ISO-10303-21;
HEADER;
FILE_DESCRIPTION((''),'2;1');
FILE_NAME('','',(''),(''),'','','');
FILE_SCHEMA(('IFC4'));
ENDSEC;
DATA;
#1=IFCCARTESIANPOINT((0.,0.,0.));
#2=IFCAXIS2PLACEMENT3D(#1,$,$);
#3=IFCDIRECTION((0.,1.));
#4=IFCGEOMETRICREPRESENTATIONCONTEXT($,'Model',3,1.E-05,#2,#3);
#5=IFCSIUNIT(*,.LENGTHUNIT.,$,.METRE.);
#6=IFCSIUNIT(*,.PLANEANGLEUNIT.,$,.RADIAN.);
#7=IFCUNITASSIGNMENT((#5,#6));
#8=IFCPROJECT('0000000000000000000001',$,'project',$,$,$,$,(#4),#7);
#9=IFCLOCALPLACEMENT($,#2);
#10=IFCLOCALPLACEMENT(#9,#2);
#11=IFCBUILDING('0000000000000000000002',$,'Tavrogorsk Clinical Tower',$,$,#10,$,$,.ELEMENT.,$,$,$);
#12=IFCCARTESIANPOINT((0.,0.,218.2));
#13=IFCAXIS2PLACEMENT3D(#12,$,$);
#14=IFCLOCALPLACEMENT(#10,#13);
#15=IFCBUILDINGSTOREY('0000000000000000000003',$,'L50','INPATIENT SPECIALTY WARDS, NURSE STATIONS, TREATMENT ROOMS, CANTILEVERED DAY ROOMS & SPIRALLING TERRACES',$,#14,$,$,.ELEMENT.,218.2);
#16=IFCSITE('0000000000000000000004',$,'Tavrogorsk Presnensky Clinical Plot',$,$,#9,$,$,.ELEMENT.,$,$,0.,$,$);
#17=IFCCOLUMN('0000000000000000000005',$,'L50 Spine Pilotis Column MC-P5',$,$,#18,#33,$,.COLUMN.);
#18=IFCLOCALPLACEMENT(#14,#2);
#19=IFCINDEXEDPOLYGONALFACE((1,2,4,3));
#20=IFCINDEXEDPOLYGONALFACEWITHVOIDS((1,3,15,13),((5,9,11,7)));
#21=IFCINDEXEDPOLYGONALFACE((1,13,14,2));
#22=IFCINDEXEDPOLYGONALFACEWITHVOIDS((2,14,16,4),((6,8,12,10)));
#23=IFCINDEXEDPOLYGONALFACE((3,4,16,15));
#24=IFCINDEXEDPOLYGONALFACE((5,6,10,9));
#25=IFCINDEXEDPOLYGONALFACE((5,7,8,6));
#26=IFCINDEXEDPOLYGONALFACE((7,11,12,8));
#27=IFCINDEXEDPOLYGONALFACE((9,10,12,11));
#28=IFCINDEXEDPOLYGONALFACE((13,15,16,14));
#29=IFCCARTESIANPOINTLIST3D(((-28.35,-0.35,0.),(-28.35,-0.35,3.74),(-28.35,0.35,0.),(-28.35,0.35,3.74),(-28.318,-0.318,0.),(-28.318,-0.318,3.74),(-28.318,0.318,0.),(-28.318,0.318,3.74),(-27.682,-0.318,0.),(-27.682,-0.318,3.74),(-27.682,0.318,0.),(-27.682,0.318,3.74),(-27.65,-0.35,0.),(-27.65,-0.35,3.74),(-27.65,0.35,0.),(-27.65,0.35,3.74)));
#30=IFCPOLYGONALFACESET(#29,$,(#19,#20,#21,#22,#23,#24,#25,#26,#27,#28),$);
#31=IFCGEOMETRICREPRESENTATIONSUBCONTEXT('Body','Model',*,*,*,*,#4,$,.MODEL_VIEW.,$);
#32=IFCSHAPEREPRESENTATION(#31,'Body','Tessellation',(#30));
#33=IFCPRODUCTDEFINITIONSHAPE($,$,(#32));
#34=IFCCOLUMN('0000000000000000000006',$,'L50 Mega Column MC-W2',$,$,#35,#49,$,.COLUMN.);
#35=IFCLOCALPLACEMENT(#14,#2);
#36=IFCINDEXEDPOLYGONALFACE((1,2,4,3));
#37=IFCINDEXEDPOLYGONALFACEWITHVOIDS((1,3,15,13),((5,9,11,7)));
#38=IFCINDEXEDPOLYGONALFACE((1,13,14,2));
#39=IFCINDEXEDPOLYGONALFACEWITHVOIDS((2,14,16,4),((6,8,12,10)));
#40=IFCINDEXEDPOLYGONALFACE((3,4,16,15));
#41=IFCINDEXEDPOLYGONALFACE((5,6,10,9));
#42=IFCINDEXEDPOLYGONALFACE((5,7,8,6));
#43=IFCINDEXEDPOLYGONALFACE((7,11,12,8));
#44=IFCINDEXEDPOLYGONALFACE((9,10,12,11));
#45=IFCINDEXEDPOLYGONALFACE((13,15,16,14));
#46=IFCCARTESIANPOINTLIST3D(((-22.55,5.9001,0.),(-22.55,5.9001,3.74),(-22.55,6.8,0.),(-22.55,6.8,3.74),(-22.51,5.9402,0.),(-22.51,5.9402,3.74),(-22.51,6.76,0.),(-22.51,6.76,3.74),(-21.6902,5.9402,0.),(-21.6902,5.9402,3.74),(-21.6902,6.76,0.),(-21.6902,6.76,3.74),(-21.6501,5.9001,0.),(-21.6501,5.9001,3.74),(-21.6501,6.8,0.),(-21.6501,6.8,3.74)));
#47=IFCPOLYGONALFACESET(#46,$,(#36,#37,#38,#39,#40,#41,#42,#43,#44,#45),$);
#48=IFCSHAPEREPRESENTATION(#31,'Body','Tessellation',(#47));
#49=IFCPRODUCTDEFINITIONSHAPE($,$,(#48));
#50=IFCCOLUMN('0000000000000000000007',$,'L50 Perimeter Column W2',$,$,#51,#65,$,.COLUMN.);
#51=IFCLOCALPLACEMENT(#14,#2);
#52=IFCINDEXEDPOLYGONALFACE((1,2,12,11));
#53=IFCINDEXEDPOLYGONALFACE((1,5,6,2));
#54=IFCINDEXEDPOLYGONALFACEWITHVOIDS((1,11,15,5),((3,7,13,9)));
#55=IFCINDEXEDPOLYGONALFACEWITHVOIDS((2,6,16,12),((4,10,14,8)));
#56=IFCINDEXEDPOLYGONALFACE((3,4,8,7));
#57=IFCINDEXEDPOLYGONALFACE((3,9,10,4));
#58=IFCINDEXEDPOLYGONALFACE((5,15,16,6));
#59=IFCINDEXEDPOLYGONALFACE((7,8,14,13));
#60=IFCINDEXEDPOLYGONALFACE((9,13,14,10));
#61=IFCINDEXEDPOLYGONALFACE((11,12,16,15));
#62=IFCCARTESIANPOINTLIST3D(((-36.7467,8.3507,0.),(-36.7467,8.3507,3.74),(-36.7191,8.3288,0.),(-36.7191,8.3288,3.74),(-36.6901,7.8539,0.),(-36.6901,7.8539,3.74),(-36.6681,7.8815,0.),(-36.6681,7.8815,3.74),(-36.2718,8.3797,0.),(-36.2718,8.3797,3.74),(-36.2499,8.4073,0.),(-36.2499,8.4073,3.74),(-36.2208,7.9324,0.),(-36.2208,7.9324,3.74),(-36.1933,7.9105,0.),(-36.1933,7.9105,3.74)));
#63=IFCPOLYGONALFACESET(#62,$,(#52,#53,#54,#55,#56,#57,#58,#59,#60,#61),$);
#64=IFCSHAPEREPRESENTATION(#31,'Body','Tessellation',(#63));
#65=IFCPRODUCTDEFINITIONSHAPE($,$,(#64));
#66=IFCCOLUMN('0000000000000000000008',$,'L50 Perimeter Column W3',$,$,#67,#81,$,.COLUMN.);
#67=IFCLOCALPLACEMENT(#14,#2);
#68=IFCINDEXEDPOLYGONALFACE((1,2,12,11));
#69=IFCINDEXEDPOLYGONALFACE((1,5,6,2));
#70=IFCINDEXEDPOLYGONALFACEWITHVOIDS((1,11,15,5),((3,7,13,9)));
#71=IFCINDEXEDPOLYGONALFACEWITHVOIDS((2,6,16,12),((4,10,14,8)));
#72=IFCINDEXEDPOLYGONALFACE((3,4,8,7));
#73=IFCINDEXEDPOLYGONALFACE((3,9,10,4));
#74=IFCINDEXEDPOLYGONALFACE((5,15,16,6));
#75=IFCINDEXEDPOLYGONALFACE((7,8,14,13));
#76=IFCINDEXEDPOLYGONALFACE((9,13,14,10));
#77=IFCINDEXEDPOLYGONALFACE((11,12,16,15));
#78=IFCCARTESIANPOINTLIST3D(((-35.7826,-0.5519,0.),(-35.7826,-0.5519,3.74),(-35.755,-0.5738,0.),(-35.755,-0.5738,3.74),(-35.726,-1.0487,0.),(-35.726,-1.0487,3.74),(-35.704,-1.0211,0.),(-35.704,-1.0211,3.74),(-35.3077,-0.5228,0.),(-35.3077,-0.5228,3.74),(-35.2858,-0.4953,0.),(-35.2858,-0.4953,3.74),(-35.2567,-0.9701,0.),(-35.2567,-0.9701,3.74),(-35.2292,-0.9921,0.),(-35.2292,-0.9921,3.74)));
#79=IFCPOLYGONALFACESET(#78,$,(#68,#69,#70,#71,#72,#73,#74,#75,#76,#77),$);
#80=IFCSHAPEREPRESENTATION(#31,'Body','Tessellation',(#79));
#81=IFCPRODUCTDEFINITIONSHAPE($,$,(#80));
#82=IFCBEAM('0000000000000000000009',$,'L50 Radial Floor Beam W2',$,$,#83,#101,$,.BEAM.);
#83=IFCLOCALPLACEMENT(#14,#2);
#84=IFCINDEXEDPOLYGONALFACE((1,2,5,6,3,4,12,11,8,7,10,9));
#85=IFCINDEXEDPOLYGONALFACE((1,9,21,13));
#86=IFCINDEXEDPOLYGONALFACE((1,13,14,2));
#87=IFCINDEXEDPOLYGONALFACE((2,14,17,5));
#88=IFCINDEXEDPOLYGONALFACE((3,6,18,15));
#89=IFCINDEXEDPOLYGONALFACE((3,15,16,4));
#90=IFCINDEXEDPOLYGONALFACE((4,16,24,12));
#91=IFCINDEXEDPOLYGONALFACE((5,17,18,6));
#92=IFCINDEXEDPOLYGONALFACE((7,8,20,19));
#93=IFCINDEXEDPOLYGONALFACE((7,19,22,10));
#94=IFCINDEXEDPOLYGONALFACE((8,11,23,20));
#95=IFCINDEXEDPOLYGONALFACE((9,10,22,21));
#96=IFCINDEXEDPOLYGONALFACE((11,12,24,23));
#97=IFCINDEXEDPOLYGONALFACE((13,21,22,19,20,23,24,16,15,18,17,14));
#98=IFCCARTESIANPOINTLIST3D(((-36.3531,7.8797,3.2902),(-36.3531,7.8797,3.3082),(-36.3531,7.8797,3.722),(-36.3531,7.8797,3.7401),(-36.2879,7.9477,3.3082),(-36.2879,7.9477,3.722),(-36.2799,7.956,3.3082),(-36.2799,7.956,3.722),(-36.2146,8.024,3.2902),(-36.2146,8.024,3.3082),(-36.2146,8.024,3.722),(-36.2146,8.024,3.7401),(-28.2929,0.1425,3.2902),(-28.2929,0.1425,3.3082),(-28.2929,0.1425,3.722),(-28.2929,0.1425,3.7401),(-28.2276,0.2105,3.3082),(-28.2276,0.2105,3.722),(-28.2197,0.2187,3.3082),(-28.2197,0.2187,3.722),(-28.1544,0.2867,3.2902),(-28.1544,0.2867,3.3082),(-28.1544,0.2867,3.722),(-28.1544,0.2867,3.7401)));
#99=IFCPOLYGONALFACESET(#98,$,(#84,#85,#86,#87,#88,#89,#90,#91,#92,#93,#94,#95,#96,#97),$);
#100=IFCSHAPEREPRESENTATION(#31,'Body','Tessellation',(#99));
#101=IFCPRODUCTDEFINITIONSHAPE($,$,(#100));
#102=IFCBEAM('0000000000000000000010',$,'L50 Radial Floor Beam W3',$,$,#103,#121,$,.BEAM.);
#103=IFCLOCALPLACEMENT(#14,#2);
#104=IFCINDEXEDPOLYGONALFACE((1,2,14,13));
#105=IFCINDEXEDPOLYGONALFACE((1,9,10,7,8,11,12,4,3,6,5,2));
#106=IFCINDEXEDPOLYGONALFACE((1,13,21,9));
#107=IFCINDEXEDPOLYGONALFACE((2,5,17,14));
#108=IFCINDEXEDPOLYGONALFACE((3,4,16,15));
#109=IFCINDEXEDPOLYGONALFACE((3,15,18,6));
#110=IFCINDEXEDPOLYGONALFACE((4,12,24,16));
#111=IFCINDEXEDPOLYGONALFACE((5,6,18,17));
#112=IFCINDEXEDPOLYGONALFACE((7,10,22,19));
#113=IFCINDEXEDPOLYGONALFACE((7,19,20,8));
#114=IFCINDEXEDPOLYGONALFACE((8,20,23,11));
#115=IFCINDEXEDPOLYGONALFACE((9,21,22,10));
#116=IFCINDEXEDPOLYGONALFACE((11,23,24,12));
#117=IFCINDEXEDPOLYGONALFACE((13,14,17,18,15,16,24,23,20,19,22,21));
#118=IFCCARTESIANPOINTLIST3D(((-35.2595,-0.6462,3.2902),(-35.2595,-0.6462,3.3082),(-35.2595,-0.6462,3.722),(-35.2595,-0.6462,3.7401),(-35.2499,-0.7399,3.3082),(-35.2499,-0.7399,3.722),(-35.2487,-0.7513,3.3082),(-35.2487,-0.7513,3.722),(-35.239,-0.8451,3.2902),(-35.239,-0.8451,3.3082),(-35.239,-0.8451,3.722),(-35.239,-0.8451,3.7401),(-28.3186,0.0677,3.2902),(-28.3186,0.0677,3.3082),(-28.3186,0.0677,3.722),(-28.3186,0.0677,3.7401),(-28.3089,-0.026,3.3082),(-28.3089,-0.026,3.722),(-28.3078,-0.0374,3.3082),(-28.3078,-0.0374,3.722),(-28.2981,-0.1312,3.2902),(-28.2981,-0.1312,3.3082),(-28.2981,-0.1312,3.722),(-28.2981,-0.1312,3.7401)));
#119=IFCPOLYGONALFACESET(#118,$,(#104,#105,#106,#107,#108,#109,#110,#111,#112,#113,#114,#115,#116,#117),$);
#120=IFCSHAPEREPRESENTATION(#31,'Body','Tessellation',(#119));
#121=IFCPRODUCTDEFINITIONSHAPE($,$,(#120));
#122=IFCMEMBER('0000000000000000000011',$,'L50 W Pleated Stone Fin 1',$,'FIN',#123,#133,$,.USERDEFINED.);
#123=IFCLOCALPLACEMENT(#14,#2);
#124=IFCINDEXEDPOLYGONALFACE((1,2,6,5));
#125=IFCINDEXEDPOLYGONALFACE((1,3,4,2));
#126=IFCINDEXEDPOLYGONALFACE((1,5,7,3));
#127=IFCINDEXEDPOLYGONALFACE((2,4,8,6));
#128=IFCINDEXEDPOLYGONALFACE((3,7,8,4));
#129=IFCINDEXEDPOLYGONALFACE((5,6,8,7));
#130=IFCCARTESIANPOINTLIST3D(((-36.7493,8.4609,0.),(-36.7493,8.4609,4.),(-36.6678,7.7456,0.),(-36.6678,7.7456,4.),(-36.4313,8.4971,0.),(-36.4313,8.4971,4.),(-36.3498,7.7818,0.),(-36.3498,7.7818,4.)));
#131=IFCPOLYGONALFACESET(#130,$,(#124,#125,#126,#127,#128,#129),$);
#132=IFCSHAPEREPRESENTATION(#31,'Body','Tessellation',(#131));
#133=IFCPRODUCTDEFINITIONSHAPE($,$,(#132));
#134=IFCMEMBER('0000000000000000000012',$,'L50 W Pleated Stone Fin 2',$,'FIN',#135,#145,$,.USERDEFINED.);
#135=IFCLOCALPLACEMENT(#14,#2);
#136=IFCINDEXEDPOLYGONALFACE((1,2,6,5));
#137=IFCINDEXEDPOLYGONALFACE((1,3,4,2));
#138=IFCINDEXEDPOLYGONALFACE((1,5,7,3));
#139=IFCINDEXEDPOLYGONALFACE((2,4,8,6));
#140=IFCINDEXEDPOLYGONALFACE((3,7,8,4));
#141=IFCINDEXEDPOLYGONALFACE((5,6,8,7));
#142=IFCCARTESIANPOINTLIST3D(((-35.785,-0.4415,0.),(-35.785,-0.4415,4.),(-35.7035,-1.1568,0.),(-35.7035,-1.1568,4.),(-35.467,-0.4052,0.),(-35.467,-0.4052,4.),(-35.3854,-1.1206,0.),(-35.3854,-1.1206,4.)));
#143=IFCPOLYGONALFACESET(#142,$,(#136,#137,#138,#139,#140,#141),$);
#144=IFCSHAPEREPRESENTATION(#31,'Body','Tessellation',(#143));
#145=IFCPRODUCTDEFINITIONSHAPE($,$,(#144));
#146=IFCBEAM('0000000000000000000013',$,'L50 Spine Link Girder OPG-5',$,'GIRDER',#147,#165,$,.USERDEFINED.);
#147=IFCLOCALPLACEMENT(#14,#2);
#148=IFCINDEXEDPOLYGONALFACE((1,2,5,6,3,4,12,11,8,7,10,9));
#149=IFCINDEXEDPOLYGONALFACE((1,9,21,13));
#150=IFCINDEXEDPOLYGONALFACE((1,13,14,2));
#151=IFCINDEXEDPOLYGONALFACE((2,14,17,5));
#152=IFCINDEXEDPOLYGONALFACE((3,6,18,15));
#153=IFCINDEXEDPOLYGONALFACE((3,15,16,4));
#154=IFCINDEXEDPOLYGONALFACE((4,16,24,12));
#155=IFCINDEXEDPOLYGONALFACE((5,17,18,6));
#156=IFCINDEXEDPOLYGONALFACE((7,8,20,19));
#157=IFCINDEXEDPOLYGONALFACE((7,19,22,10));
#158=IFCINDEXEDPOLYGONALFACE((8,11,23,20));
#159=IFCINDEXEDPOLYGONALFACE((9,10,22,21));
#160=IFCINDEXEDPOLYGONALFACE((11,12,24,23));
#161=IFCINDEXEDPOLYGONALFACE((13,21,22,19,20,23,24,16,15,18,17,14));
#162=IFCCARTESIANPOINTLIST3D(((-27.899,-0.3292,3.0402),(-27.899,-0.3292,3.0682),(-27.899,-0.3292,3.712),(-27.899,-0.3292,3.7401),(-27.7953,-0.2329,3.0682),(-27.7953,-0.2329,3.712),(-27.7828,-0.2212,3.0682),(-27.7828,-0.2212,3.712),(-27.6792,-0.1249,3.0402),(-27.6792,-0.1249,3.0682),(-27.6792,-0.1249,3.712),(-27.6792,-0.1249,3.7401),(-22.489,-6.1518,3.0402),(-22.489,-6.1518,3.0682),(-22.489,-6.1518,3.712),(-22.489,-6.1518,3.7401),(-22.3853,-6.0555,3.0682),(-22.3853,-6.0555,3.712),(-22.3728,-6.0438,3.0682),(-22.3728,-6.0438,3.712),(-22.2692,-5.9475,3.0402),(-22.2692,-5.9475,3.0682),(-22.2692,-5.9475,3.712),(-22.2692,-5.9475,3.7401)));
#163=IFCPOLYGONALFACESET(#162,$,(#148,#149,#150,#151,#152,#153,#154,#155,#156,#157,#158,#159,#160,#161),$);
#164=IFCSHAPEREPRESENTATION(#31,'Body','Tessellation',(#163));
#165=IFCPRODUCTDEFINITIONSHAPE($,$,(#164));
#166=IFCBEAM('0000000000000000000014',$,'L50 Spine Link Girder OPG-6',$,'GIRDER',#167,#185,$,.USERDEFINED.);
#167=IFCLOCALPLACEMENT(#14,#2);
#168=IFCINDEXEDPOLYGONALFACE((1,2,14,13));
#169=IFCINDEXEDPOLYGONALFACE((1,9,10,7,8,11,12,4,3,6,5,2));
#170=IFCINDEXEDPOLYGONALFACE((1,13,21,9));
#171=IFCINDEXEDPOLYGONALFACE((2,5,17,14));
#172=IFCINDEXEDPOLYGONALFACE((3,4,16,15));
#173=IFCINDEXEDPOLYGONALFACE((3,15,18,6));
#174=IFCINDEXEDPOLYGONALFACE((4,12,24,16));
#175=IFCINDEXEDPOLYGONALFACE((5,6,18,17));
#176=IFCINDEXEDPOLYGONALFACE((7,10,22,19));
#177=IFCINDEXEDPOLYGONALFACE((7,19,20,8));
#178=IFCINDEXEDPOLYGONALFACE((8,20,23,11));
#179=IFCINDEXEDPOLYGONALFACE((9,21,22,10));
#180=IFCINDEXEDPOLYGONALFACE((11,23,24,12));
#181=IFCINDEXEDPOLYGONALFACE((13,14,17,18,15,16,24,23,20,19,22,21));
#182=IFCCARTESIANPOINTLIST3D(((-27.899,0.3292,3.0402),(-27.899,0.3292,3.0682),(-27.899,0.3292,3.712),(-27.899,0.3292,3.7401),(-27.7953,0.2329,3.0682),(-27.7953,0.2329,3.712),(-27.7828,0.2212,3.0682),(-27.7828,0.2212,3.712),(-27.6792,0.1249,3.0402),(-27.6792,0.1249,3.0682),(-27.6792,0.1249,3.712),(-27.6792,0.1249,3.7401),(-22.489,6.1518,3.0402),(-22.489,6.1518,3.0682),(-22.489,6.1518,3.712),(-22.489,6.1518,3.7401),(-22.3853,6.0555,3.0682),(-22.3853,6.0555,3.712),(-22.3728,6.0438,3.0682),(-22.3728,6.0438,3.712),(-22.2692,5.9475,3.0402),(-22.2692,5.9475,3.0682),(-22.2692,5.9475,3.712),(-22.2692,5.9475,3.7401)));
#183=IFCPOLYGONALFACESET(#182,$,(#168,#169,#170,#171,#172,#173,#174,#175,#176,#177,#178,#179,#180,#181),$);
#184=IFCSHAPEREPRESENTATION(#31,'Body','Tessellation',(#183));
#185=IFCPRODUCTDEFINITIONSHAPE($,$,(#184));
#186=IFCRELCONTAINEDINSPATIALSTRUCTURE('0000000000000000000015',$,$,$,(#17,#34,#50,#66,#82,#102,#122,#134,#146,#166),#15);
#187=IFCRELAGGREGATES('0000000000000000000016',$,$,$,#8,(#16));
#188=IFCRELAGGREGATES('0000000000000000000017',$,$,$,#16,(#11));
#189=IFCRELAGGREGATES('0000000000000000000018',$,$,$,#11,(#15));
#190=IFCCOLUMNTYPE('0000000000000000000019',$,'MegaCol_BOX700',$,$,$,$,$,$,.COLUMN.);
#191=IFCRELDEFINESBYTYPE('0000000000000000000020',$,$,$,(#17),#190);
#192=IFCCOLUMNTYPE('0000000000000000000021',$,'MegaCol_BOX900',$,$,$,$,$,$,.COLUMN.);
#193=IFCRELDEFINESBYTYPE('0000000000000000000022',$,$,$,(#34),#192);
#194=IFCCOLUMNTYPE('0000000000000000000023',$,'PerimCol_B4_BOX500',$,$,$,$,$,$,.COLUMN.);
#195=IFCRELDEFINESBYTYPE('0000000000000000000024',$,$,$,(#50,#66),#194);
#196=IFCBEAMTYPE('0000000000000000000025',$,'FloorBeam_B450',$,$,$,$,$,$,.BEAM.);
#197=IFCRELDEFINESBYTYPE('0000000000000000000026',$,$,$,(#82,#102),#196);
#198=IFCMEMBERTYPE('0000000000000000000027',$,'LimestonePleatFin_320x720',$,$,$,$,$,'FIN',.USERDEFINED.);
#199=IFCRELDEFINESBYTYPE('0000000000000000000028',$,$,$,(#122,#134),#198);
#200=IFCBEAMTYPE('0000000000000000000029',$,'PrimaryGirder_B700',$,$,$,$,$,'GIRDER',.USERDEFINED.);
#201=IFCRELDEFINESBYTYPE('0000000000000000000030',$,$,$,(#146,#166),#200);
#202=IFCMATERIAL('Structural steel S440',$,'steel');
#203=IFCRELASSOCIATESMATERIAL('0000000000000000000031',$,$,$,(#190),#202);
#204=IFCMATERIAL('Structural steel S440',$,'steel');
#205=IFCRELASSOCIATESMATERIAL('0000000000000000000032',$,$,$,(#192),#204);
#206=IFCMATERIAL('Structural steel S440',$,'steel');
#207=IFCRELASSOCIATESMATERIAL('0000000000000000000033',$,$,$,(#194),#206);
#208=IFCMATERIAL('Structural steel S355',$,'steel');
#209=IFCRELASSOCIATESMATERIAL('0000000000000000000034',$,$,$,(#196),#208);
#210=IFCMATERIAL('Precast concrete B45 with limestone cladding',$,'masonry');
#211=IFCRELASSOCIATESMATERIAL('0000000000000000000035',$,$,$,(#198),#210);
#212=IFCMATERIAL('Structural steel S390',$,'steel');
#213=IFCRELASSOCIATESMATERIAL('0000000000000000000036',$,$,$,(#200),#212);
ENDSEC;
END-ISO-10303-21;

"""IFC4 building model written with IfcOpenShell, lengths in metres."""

from ifc_helpers import new_model, si_unit, direction, frame, origin, origin_2d, place, context, subcontext, project, spatial, rectangle, hollow_rectangle, i_section, extrude, material, material_profile, profile_set, type_object, element, save


model = new_model("IFC4")

# Units and contexts
model_context = context("Model", 3, precision=1e-05, world=origin(), true_north=direction((0.0, 1.0)))
body_context = subcontext(model_context, "Body", "Model", "MODEL_VIEW")
ifc_project = project(units=[si_unit("LENGTHUNIT", "METRE"), si_unit("PLANEANGLEUNIT", "RADIAN")], contexts=[model_context])

# Site, building, storey
site_placement = place(None, origin())
site = spatial("IfcSite", under=ifc_project, at=site_placement, Name="Tavrogorsk Presnensky Clinical Plot", CompositionType="ELEMENT", RefElevation=0.0)
building_placement = place(site_placement, origin())
building = spatial("IfcBuilding", under=site, at=building_placement, Name="Tavrogorsk Clinical Tower", CompositionType="ELEMENT")
storey_placement = place(building_placement, frame((0.0, 0.0, 218.2)))
storey = spatial("IfcBuildingStorey", under=building, at=storey_placement, Name="L50", Description="INPATIENT SPECIALTY WARDS, NURSE STATIONS, TREATMENT ROOMS, CANTILEVERED DAY ROOMS & SPIRALLING TERRACES", CompositionType="ELEMENT", Elevation=218.2)

# Columns
ifc_material_1 = material(Name="Structural steel S440", Category="steel")
ifc_material_profile_1 = material_profile(ifc_material_1, hollow_rectangle(XDim=0.7, YDim=0.7, WallThickness=0.032, at=origin_2d()), Name="BOX-700x700x32")
ifc_profile_set_1 = profile_set([ifc_material_profile_1], Name="Structural steel S440")
column_type_1 = type_object("IfcColumnType", Name="MegaCol_BOX700", PredefinedType="COLUMN", material=ifc_profile_set_1)
column_1_placement = place(storey_placement, frame((-28.0, 0.0, 0.0), z_axis=(0.0, 0.0, 1.0), x_axis=(1.0, 0.0, 0.0)))
element("IfcColumn", 1, at=column_1_placement, inside=storey, type_object=column_type_1, Name="L50 Spine Pilotis Column MC-P5", PredefinedType="COLUMN", context=body_context, shape_type="SweptSolid", body=[
    extrude(hollow_rectangle(XDim=0.7, YDim=0.7, WallThickness=0.032, at=origin_2d()), origin(), (0.0, 0.0, 1.0), 3.74),
])
ifc_material_2 = material(Name="Structural steel S440", Category="steel")
ifc_material_profile_2 = material_profile(ifc_material_2, hollow_rectangle(XDim=0.8999, YDim=0.8999, WallThickness=0.04, at=origin_2d()), Name="BOX-900x900x40")
ifc_profile_set_2 = profile_set([ifc_material_profile_2], Name="Structural steel S440")
column_type_2 = type_object("IfcColumnType", Name="MegaCol_BOX900", PredefinedType="COLUMN", material=ifc_profile_set_2)
column_2_placement = place(storey_placement, frame((-22.1001, 6.3501, 0.0), z_axis=(0.0, 0.0, 1.0), x_axis=(1.0, 0.0, 0.0)))
element("IfcColumn", 2, at=column_2_placement, inside=storey, type_object=column_type_2, Name="L50 Mega Column MC-W2", PredefinedType="COLUMN", context=body_context, shape_type="SweptSolid", body=[
    extrude(hollow_rectangle(XDim=0.8999, YDim=0.8999, WallThickness=0.04, at=origin_2d()), origin(), (0.0, 0.0, 1.0), 3.74),
])
ifc_material_3 = material(Name="Structural steel S440", Category="steel")
ifc_material_profile_3 = material_profile(ifc_material_3, hollow_rectangle(XDim=0.5, YDim=0.5, WallThickness=0.0249, at=origin_2d()), Name="BOX-500x500x25")
ifc_profile_set_3 = profile_set([ifc_material_profile_3], Name="Structural steel S440")
column_type_3 = type_object("IfcColumnType", Name="PerimCol_B4_BOX500", PredefinedType="COLUMN", material=ifc_profile_set_3)
for number, where, z_axis, x_axis, name in (
    (3, (-36.47, 8.1306, 0.0), (0.0, 0.0, 1.0), (0.993572, 0.113203, 0.0), "L50 Perimeter Column W2"),
    (4, (-35.5059, -0.772, 0.0), (0.0, 0.0, 1.0), (0.993572, 0.113203, 0.0), "L50 Perimeter Column W3"),
):
    element("IfcColumn", number, at=place(storey_placement, frame(where, z_axis=z_axis, x_axis=x_axis)), inside=storey, type_object=column_type_3, Name=name, PredefinedType="COLUMN", context=body_context, shape_type="SweptSolid", body=[
        extrude(hollow_rectangle(XDim=0.5, YDim=0.5, WallThickness=0.0249, at=origin_2d()), origin(), (0.0, 0.0, 1.0), 3.74),
    ])

# Beams
ifc_material_4 = material(Name="Structural steel S355", Category="steel")
ifc_material_profile_4 = material_profile(ifc_material_4, i_section(OverallWidth=0.2, OverallDepth=0.45, WebThickness=0.0115, FlangeThickness=0.0181, at=origin_2d()), Name="B-450x200x11.5x18")
ifc_profile_set_4 = profile_set([ifc_material_profile_4], Name="Structural steel S355")
beam_type_1 = type_object("IfcBeamType", Name="FloorBeam_B450", PredefinedType="BEAM", material=ifc_profile_set_4)
beam_1_placement = place(storey_placement, frame((-28.2236, 0.2146, 3.5151), z_axis=(-0.721414, 0.692505, 0.0), x_axis=(-0.692505, -0.721414, 0.0)))
element("IfcBeam", 5, at=beam_1_placement, inside=storey, type_object=beam_type_1, Name="L50 Radial Floor Beam W2", PredefinedType="BEAM", context=body_context, shape_type="SweptSolid", body=[
    extrude(i_section(OverallWidth=0.2, OverallDepth=0.45, WebThickness=0.0115, FlangeThickness=0.0181, at=origin_2d()), origin(), (0.0, 0.0, 1.0), 11.1729),
])
beam_2_placement = place(storey_placement, frame((-28.3083, -0.0317, 3.5151), z_axis=(-0.994753, -0.102309, 0.0), x_axis=(0.102309, -0.994753, 0.0)))
element("IfcBeam", 6, at=beam_2_placement, inside=storey, type_object=beam_type_1, Name="L50 Radial Floor Beam W3", PredefinedType="BEAM", context=body_context, shape_type="SweptSolid", body=[
    extrude(i_section(OverallWidth=0.2, OverallDepth=0.45, WebThickness=0.0115, FlangeThickness=0.0181, at=origin_2d()), origin(), (0.0, 0.0, 1.0), 6.9775),
])

# Members
ifc_material_5 = material(Name="Precast concrete B45 with limestone cladding", Category="masonry")
ifc_material_profile_5 = material_profile(ifc_material_5, rectangle(XDim=0.3201, YDim=0.72, at=origin_2d()), Name="LIMESTONE-FIN-320x720")
ifc_profile_set_5 = profile_set([ifc_material_profile_5], Name="Precast concrete B45 with limestone cladding")
member_type = type_object("IfcMemberType", Name="LimestonePleatFin_320x720", ElementType="FIN", PredefinedType="USERDEFINED", material=ifc_profile_set_5)
for number, where, z_axis, x_axis, name in (
    (7, (-36.5496, 8.1213, 0.0), (0.0, 0.0, 1.0), (0.993572, 0.113203, 0.0), "L50 W Pleated Stone Fin 1"),
    (8, (-35.5852, -0.781, 0.0), (0.0, 0.0, 1.0), (0.993572, 0.113203, 0.0), "L50 W Pleated Stone Fin 2"),
):
    element("IfcMember", number, at=place(storey_placement, frame(where, z_axis=z_axis, x_axis=x_axis)), inside=storey, type_object=member_type, Name=name, ObjectType="FIN", PredefinedType="USERDEFINED", context=body_context, shape_type="SweptSolid", body=[
        extrude(rectangle(XDim=0.3201, YDim=0.72, at=origin_2d()), origin(), (0.0, 0.0, 1.0), 4.0),
    ])

# Beams
ifc_material_6 = material(Name="Structural steel S390", Category="steel")
ifc_material_profile_6 = material_profile(ifc_material_6, i_section(OverallWidth=0.3, OverallDepth=0.7, WebThickness=0.0171, FlangeThickness=0.0281, at=origin_2d()), Name="B-700x300x17x28")
ifc_profile_set_6 = profile_set([ifc_material_profile_6], Name="Structural steel S390")
beam_type_2 = type_object("IfcBeamType", Name="PrimaryGirder_B700", ElementType="GIRDER", PredefinedType="USERDEFINED", material=ifc_profile_set_6)
for number, where, z_axis, x_axis, name in (
    (9, (-27.7891, -0.2271, 3.3901), (0.680674, -0.732587, 0.0), (0.732587, 0.680674, 0.0), "L50 Spine Link Girder OPG-5"),
    (10, (-27.7891, 0.2271, 3.3901), (0.680674, 0.732587, 0.0), (-0.732587, 0.680674, 0.0), "L50 Spine Link Girder OPG-6"),
):
    element("IfcBeam", number, at=place(storey_placement, frame(where, z_axis=z_axis, x_axis=x_axis)), inside=storey, type_object=beam_type_2, Name=name, ObjectType="GIRDER", PredefinedType="USERDEFINED", context=body_context, shape_type="SweptSolid", body=[
        extrude(i_section(OverallWidth=0.3, OverallDepth=0.7, WebThickness=0.0171, FlangeThickness=0.0281, at=origin_2d()), origin(), (0.0, 0.0, 1.0), 7.948),
    ])

save(model, "model.ifc")
